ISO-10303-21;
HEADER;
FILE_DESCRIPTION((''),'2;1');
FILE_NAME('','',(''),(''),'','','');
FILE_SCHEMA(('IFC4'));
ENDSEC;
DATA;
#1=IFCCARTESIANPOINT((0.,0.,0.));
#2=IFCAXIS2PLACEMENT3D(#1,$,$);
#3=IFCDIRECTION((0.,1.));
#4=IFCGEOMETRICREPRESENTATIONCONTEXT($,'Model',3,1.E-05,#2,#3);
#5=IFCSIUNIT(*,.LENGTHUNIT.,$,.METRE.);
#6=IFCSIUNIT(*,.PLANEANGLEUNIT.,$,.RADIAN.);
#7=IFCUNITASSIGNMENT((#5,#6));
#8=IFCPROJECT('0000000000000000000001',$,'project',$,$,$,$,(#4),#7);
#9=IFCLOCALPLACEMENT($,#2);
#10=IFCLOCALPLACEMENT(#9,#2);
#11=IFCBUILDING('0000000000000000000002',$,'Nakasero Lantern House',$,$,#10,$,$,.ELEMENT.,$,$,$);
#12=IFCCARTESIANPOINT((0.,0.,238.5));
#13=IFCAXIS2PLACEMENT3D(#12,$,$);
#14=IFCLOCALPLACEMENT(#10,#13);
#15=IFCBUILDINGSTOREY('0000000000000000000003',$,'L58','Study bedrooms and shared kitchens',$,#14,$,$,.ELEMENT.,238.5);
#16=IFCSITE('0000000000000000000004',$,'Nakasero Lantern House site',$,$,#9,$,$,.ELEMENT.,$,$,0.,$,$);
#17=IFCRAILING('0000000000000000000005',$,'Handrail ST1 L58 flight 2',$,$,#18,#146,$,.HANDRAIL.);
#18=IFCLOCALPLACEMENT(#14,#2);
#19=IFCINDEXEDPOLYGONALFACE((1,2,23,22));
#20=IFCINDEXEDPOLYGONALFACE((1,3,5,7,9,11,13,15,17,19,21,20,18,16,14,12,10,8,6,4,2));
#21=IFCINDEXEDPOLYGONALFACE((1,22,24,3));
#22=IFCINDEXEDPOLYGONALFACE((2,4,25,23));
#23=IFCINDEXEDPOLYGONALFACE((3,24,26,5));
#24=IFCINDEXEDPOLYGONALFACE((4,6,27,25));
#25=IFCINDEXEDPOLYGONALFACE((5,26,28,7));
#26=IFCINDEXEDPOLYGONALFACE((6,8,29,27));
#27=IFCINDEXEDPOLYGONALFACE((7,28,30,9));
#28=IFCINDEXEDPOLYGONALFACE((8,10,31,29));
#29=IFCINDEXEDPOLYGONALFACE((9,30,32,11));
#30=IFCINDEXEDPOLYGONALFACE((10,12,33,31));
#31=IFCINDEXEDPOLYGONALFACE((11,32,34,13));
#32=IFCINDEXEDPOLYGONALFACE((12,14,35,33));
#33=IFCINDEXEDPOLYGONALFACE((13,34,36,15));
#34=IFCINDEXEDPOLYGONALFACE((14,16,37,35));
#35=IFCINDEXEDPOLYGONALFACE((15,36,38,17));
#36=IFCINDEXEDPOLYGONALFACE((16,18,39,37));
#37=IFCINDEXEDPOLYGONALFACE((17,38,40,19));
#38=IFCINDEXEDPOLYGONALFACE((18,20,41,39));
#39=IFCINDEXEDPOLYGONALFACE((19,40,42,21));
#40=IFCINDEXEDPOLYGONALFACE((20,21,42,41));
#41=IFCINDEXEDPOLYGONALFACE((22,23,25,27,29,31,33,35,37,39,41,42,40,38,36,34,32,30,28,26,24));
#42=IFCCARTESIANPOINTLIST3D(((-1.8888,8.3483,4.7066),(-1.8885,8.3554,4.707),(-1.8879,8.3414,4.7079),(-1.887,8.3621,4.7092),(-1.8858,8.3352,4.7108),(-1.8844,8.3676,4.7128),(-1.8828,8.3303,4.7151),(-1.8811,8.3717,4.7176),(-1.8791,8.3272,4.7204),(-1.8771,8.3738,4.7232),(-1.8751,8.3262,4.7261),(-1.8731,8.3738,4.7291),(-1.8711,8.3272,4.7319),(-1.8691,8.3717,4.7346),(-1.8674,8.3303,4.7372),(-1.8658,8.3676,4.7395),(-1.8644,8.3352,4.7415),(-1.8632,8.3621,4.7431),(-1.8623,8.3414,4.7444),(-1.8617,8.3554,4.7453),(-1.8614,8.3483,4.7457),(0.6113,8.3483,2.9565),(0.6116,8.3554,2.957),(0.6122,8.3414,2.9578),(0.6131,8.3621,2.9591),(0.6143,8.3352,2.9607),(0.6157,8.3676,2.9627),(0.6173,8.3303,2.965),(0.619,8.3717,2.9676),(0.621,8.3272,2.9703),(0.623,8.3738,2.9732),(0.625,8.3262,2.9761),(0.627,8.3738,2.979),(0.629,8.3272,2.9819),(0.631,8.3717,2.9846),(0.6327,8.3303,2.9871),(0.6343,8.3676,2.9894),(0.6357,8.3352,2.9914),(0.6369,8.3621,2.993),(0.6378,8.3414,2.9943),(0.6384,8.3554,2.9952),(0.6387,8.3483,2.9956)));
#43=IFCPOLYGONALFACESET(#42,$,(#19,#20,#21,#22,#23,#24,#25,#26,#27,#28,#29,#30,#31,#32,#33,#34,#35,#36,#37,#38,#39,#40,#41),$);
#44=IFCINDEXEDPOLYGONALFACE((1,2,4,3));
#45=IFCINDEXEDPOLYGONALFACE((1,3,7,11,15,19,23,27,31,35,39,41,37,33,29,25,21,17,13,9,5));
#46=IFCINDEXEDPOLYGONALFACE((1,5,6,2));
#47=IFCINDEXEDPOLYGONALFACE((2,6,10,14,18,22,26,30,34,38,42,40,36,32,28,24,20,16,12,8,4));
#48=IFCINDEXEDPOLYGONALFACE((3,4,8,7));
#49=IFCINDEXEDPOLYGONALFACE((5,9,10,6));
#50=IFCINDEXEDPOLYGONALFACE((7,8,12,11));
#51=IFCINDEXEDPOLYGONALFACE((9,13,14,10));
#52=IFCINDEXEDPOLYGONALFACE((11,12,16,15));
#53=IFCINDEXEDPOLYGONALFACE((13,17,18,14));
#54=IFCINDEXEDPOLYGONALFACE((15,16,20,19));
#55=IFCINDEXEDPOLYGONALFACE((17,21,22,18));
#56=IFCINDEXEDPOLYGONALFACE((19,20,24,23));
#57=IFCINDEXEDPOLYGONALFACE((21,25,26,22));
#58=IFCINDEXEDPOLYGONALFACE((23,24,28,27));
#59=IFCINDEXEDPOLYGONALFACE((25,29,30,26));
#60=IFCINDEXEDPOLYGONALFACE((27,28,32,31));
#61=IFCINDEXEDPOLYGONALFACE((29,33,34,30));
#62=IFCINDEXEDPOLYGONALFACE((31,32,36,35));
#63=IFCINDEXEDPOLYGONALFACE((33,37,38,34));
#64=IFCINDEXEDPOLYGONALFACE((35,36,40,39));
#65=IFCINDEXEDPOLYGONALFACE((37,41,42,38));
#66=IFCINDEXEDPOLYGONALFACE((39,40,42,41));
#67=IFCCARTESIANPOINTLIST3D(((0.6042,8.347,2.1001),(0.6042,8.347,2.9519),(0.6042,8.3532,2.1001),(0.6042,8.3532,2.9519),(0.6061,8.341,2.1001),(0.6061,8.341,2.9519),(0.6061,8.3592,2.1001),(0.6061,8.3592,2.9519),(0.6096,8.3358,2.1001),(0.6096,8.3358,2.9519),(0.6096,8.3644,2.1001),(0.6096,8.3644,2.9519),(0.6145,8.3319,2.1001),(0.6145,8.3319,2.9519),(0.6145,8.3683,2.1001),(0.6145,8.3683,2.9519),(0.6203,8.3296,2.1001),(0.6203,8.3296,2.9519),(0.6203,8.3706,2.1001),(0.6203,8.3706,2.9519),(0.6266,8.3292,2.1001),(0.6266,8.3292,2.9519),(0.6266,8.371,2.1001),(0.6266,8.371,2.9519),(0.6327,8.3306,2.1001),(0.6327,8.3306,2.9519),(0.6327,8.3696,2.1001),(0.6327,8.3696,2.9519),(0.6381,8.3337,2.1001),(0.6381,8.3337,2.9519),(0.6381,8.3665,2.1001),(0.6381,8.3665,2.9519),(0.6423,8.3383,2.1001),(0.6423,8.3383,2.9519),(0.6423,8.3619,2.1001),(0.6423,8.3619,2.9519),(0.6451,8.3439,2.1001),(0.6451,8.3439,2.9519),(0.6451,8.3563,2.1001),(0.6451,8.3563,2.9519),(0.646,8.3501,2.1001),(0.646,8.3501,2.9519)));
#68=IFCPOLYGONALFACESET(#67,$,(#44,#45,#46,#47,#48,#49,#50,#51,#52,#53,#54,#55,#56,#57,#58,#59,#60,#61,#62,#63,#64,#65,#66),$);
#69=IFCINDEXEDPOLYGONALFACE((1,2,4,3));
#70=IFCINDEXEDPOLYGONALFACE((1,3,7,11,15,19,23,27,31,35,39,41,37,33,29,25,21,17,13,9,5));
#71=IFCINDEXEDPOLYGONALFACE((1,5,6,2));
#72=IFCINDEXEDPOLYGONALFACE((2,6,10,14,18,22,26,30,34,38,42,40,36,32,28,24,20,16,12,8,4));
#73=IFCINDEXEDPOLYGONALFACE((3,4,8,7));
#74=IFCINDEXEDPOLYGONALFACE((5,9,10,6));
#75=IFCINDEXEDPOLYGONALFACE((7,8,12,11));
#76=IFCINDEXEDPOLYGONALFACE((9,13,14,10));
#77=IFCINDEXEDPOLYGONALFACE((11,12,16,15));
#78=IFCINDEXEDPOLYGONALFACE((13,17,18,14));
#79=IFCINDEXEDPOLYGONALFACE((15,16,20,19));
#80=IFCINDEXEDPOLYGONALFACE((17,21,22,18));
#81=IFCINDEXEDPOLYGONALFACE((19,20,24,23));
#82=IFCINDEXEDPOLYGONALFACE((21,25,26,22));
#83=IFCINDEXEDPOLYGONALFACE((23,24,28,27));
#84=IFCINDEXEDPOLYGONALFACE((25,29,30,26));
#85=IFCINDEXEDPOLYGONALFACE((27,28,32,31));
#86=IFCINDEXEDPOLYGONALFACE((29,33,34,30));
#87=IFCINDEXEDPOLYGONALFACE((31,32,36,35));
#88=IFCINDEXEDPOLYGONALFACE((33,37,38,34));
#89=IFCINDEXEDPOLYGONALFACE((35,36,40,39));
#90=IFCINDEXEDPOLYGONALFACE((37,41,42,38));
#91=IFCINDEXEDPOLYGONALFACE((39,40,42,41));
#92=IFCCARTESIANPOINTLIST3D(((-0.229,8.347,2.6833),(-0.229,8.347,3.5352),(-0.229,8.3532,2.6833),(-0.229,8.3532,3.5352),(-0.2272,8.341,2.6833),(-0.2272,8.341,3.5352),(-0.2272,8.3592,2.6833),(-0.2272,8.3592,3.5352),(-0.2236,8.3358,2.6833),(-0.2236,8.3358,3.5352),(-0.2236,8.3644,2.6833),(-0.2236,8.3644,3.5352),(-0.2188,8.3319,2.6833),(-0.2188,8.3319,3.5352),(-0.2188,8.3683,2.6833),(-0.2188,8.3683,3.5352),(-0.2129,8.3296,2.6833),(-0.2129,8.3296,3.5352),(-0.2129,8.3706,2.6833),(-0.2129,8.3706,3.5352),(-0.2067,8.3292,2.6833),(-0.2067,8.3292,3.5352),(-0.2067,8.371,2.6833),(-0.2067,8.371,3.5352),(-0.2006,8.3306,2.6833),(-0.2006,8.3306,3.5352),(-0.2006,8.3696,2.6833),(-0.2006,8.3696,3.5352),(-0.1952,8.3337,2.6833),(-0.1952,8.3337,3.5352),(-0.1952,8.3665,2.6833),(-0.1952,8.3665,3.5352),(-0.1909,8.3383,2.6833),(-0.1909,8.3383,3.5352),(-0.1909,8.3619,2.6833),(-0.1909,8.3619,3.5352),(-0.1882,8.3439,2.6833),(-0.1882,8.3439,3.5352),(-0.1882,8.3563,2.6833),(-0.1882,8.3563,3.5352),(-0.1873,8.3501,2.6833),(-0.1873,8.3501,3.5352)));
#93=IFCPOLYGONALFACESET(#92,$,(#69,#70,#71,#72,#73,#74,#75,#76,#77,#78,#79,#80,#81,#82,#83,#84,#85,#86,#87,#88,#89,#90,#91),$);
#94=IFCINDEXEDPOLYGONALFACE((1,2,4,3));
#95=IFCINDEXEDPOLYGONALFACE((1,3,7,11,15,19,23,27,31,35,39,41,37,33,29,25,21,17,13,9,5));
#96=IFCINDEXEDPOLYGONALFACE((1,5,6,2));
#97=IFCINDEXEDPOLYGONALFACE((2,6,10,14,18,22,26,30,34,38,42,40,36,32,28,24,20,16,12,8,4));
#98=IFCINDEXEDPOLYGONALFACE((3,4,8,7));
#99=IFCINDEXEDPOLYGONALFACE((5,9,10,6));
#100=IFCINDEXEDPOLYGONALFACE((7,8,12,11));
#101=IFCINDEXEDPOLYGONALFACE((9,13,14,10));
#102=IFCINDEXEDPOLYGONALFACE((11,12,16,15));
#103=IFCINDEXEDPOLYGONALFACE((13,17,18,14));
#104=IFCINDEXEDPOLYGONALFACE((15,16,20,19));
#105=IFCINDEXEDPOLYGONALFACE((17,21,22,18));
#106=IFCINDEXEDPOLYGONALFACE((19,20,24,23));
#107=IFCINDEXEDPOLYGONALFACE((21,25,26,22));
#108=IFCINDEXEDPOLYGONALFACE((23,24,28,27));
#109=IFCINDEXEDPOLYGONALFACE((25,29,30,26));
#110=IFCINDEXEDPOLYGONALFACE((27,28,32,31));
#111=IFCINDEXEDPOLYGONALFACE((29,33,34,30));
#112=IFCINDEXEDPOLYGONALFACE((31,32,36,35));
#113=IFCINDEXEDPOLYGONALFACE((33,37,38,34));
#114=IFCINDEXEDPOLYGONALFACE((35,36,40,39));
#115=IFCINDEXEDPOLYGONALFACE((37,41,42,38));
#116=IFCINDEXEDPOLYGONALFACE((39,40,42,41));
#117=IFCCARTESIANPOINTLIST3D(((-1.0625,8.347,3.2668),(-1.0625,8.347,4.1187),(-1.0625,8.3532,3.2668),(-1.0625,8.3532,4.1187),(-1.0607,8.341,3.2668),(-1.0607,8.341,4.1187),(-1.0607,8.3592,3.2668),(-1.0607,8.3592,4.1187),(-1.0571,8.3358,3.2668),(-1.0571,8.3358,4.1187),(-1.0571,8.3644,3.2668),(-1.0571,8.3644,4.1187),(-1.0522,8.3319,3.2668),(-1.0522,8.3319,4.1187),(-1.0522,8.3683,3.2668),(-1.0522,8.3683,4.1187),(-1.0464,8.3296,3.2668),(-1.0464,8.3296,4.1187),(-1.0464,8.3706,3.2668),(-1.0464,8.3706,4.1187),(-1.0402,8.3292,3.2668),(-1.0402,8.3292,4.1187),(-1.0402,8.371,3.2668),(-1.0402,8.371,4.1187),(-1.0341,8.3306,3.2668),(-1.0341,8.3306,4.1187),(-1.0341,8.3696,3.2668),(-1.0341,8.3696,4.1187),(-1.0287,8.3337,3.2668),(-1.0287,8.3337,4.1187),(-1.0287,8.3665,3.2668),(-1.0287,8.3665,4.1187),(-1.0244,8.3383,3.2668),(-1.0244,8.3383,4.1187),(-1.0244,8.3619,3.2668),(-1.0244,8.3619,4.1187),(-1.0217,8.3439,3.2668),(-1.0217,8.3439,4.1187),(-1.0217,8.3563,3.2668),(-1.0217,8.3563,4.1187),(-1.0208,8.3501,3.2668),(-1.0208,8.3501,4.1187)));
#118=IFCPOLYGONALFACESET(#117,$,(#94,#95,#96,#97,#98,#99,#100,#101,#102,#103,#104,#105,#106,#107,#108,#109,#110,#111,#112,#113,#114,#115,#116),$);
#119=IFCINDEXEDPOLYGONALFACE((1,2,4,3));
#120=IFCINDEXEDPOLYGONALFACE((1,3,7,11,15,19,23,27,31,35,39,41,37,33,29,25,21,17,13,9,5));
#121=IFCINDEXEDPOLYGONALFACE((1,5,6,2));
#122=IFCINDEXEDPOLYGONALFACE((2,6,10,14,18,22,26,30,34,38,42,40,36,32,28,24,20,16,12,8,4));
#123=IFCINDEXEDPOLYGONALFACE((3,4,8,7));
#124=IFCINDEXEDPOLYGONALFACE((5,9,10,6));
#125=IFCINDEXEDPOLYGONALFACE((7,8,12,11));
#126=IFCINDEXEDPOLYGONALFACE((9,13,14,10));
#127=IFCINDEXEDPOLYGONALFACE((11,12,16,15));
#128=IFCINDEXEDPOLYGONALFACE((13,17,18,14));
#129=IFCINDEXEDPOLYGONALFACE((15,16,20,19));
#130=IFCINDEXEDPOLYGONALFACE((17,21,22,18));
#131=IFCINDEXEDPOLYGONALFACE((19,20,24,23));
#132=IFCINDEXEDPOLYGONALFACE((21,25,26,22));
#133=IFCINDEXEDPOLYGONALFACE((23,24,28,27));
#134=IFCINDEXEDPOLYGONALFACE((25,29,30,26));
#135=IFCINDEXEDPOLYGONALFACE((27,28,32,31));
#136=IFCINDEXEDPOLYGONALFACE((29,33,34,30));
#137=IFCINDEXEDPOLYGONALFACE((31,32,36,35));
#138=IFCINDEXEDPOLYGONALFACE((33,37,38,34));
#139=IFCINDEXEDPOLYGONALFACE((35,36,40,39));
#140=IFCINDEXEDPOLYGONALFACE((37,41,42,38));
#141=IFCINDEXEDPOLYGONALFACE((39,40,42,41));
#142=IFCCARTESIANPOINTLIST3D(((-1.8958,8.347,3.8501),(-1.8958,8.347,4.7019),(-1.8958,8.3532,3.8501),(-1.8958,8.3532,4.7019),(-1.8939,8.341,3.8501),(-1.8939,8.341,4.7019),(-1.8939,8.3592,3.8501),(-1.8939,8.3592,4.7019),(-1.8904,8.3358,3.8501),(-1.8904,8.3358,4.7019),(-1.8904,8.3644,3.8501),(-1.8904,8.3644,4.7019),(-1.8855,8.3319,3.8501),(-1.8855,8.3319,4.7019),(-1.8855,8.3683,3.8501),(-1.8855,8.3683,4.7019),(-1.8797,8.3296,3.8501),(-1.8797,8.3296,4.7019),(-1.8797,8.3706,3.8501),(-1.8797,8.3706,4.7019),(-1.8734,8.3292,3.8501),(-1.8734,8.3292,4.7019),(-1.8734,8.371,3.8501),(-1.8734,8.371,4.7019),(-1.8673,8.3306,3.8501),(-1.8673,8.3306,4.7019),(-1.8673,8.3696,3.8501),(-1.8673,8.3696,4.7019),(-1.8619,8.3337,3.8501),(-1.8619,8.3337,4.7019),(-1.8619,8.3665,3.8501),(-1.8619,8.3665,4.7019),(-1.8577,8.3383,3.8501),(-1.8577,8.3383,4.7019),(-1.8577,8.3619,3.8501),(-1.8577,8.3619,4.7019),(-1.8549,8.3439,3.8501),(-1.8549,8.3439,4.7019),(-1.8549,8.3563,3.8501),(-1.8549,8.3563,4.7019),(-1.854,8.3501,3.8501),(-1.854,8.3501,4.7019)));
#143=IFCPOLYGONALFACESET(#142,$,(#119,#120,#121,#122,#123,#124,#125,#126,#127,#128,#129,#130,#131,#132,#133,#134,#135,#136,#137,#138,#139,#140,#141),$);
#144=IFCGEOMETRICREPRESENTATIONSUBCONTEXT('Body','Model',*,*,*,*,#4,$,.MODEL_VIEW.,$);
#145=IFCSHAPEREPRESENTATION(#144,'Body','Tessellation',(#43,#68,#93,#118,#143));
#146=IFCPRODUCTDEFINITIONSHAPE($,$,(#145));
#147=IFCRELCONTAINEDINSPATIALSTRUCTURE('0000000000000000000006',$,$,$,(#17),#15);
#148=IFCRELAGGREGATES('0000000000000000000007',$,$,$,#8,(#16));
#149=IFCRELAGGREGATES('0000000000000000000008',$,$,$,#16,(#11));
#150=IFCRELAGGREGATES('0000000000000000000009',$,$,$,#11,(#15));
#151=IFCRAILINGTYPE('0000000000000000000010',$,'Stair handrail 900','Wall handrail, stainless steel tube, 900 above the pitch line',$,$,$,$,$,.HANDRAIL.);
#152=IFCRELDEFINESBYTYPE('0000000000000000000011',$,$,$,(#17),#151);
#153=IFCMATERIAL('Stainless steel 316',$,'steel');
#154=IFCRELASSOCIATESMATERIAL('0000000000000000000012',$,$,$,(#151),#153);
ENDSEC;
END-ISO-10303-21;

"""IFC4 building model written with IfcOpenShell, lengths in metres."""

from ifc_helpers import new_model, si_unit, direction, frame, origin, origin_2d, place, context, subcontext, project, spatial, circle, extrude, material, type_object, element, save


model = new_model("IFC4")

# Units and contexts
model_context = context("Model", 3, precision=1e-05, world=origin(), true_north=direction((0.0, 1.0)))
body_context = subcontext(model_context, "Body", "Model", "MODEL_VIEW")
ifc_project = project(units=[si_unit("LENGTHUNIT", "METRE"), si_unit("PLANEANGLEUNIT", "RADIAN")], contexts=[model_context])

# Site, building, storey
site_placement = place(None, origin())
site = spatial("IfcSite", under=ifc_project, at=site_placement, Name="Nakasero Lantern House site", CompositionType="ELEMENT", RefElevation=0.0)
building_placement = place(site_placement, origin())
building = spatial("IfcBuilding", under=site, at=building_placement, Name="Nakasero Lantern House", CompositionType="ELEMENT")
storey_placement = place(building_placement, frame((0.0, 0.0, 238.5)))
storey = spatial("IfcBuildingStorey", under=building, at=storey_placement, Name="L58", Description="Study bedrooms and shared kitchens", CompositionType="ELEMENT", Elevation=238.5)

# Railing
ifc_material_1 = material(Name="Stainless steel 316", Category="steel")
railing_type = type_object("IfcRailingType", Name="Stair handrail 900", Description="Wall handrail, stainless steel tube, 900 above the pitch line", PredefinedType="HANDRAIL", material=ifc_material_1)
railing_placement = place(storey_placement, frame((0.625, 8.3501, 2.1001)))
element("IfcRailing", 1, at=railing_placement, inside=storey, type_object=railing_type, Name="Handrail ST1 L58 flight 2", PredefinedType="HANDRAIL", context=body_context, shape_type="SweptSolid", body=[
    extrude(circle(Radius=0.0239, at=origin_2d()), frame((0.0, 0.0, 0.876), z_axis=(-0.819232, 0.0, 0.573462), x_axis=(0.0, -1.0, 0.0)), (0.0, 0.0, 1.0), 3.0518),
    extrude(circle(Radius=0.021, at=origin_2d()), origin(), (0.0, 0.0, 1.0), 0.8518),
    extrude(circle(Radius=0.021, at=origin_2d()), frame((-0.8333, 0.0, 0.5833)), (0.0, 0.0, 1.0), 0.8518),
    extrude(circle(Radius=0.021, at=origin_2d()), frame((-1.6667, 0.0, 1.1667)), (0.0, 0.0, 1.0), 0.8518),
    extrude(circle(Radius=0.021, at=origin_2d()), frame((-2.5, 0.0, 1.75)), (0.0, 0.0, 1.0), 0.8518),
])

save(model, "model.ifc")
